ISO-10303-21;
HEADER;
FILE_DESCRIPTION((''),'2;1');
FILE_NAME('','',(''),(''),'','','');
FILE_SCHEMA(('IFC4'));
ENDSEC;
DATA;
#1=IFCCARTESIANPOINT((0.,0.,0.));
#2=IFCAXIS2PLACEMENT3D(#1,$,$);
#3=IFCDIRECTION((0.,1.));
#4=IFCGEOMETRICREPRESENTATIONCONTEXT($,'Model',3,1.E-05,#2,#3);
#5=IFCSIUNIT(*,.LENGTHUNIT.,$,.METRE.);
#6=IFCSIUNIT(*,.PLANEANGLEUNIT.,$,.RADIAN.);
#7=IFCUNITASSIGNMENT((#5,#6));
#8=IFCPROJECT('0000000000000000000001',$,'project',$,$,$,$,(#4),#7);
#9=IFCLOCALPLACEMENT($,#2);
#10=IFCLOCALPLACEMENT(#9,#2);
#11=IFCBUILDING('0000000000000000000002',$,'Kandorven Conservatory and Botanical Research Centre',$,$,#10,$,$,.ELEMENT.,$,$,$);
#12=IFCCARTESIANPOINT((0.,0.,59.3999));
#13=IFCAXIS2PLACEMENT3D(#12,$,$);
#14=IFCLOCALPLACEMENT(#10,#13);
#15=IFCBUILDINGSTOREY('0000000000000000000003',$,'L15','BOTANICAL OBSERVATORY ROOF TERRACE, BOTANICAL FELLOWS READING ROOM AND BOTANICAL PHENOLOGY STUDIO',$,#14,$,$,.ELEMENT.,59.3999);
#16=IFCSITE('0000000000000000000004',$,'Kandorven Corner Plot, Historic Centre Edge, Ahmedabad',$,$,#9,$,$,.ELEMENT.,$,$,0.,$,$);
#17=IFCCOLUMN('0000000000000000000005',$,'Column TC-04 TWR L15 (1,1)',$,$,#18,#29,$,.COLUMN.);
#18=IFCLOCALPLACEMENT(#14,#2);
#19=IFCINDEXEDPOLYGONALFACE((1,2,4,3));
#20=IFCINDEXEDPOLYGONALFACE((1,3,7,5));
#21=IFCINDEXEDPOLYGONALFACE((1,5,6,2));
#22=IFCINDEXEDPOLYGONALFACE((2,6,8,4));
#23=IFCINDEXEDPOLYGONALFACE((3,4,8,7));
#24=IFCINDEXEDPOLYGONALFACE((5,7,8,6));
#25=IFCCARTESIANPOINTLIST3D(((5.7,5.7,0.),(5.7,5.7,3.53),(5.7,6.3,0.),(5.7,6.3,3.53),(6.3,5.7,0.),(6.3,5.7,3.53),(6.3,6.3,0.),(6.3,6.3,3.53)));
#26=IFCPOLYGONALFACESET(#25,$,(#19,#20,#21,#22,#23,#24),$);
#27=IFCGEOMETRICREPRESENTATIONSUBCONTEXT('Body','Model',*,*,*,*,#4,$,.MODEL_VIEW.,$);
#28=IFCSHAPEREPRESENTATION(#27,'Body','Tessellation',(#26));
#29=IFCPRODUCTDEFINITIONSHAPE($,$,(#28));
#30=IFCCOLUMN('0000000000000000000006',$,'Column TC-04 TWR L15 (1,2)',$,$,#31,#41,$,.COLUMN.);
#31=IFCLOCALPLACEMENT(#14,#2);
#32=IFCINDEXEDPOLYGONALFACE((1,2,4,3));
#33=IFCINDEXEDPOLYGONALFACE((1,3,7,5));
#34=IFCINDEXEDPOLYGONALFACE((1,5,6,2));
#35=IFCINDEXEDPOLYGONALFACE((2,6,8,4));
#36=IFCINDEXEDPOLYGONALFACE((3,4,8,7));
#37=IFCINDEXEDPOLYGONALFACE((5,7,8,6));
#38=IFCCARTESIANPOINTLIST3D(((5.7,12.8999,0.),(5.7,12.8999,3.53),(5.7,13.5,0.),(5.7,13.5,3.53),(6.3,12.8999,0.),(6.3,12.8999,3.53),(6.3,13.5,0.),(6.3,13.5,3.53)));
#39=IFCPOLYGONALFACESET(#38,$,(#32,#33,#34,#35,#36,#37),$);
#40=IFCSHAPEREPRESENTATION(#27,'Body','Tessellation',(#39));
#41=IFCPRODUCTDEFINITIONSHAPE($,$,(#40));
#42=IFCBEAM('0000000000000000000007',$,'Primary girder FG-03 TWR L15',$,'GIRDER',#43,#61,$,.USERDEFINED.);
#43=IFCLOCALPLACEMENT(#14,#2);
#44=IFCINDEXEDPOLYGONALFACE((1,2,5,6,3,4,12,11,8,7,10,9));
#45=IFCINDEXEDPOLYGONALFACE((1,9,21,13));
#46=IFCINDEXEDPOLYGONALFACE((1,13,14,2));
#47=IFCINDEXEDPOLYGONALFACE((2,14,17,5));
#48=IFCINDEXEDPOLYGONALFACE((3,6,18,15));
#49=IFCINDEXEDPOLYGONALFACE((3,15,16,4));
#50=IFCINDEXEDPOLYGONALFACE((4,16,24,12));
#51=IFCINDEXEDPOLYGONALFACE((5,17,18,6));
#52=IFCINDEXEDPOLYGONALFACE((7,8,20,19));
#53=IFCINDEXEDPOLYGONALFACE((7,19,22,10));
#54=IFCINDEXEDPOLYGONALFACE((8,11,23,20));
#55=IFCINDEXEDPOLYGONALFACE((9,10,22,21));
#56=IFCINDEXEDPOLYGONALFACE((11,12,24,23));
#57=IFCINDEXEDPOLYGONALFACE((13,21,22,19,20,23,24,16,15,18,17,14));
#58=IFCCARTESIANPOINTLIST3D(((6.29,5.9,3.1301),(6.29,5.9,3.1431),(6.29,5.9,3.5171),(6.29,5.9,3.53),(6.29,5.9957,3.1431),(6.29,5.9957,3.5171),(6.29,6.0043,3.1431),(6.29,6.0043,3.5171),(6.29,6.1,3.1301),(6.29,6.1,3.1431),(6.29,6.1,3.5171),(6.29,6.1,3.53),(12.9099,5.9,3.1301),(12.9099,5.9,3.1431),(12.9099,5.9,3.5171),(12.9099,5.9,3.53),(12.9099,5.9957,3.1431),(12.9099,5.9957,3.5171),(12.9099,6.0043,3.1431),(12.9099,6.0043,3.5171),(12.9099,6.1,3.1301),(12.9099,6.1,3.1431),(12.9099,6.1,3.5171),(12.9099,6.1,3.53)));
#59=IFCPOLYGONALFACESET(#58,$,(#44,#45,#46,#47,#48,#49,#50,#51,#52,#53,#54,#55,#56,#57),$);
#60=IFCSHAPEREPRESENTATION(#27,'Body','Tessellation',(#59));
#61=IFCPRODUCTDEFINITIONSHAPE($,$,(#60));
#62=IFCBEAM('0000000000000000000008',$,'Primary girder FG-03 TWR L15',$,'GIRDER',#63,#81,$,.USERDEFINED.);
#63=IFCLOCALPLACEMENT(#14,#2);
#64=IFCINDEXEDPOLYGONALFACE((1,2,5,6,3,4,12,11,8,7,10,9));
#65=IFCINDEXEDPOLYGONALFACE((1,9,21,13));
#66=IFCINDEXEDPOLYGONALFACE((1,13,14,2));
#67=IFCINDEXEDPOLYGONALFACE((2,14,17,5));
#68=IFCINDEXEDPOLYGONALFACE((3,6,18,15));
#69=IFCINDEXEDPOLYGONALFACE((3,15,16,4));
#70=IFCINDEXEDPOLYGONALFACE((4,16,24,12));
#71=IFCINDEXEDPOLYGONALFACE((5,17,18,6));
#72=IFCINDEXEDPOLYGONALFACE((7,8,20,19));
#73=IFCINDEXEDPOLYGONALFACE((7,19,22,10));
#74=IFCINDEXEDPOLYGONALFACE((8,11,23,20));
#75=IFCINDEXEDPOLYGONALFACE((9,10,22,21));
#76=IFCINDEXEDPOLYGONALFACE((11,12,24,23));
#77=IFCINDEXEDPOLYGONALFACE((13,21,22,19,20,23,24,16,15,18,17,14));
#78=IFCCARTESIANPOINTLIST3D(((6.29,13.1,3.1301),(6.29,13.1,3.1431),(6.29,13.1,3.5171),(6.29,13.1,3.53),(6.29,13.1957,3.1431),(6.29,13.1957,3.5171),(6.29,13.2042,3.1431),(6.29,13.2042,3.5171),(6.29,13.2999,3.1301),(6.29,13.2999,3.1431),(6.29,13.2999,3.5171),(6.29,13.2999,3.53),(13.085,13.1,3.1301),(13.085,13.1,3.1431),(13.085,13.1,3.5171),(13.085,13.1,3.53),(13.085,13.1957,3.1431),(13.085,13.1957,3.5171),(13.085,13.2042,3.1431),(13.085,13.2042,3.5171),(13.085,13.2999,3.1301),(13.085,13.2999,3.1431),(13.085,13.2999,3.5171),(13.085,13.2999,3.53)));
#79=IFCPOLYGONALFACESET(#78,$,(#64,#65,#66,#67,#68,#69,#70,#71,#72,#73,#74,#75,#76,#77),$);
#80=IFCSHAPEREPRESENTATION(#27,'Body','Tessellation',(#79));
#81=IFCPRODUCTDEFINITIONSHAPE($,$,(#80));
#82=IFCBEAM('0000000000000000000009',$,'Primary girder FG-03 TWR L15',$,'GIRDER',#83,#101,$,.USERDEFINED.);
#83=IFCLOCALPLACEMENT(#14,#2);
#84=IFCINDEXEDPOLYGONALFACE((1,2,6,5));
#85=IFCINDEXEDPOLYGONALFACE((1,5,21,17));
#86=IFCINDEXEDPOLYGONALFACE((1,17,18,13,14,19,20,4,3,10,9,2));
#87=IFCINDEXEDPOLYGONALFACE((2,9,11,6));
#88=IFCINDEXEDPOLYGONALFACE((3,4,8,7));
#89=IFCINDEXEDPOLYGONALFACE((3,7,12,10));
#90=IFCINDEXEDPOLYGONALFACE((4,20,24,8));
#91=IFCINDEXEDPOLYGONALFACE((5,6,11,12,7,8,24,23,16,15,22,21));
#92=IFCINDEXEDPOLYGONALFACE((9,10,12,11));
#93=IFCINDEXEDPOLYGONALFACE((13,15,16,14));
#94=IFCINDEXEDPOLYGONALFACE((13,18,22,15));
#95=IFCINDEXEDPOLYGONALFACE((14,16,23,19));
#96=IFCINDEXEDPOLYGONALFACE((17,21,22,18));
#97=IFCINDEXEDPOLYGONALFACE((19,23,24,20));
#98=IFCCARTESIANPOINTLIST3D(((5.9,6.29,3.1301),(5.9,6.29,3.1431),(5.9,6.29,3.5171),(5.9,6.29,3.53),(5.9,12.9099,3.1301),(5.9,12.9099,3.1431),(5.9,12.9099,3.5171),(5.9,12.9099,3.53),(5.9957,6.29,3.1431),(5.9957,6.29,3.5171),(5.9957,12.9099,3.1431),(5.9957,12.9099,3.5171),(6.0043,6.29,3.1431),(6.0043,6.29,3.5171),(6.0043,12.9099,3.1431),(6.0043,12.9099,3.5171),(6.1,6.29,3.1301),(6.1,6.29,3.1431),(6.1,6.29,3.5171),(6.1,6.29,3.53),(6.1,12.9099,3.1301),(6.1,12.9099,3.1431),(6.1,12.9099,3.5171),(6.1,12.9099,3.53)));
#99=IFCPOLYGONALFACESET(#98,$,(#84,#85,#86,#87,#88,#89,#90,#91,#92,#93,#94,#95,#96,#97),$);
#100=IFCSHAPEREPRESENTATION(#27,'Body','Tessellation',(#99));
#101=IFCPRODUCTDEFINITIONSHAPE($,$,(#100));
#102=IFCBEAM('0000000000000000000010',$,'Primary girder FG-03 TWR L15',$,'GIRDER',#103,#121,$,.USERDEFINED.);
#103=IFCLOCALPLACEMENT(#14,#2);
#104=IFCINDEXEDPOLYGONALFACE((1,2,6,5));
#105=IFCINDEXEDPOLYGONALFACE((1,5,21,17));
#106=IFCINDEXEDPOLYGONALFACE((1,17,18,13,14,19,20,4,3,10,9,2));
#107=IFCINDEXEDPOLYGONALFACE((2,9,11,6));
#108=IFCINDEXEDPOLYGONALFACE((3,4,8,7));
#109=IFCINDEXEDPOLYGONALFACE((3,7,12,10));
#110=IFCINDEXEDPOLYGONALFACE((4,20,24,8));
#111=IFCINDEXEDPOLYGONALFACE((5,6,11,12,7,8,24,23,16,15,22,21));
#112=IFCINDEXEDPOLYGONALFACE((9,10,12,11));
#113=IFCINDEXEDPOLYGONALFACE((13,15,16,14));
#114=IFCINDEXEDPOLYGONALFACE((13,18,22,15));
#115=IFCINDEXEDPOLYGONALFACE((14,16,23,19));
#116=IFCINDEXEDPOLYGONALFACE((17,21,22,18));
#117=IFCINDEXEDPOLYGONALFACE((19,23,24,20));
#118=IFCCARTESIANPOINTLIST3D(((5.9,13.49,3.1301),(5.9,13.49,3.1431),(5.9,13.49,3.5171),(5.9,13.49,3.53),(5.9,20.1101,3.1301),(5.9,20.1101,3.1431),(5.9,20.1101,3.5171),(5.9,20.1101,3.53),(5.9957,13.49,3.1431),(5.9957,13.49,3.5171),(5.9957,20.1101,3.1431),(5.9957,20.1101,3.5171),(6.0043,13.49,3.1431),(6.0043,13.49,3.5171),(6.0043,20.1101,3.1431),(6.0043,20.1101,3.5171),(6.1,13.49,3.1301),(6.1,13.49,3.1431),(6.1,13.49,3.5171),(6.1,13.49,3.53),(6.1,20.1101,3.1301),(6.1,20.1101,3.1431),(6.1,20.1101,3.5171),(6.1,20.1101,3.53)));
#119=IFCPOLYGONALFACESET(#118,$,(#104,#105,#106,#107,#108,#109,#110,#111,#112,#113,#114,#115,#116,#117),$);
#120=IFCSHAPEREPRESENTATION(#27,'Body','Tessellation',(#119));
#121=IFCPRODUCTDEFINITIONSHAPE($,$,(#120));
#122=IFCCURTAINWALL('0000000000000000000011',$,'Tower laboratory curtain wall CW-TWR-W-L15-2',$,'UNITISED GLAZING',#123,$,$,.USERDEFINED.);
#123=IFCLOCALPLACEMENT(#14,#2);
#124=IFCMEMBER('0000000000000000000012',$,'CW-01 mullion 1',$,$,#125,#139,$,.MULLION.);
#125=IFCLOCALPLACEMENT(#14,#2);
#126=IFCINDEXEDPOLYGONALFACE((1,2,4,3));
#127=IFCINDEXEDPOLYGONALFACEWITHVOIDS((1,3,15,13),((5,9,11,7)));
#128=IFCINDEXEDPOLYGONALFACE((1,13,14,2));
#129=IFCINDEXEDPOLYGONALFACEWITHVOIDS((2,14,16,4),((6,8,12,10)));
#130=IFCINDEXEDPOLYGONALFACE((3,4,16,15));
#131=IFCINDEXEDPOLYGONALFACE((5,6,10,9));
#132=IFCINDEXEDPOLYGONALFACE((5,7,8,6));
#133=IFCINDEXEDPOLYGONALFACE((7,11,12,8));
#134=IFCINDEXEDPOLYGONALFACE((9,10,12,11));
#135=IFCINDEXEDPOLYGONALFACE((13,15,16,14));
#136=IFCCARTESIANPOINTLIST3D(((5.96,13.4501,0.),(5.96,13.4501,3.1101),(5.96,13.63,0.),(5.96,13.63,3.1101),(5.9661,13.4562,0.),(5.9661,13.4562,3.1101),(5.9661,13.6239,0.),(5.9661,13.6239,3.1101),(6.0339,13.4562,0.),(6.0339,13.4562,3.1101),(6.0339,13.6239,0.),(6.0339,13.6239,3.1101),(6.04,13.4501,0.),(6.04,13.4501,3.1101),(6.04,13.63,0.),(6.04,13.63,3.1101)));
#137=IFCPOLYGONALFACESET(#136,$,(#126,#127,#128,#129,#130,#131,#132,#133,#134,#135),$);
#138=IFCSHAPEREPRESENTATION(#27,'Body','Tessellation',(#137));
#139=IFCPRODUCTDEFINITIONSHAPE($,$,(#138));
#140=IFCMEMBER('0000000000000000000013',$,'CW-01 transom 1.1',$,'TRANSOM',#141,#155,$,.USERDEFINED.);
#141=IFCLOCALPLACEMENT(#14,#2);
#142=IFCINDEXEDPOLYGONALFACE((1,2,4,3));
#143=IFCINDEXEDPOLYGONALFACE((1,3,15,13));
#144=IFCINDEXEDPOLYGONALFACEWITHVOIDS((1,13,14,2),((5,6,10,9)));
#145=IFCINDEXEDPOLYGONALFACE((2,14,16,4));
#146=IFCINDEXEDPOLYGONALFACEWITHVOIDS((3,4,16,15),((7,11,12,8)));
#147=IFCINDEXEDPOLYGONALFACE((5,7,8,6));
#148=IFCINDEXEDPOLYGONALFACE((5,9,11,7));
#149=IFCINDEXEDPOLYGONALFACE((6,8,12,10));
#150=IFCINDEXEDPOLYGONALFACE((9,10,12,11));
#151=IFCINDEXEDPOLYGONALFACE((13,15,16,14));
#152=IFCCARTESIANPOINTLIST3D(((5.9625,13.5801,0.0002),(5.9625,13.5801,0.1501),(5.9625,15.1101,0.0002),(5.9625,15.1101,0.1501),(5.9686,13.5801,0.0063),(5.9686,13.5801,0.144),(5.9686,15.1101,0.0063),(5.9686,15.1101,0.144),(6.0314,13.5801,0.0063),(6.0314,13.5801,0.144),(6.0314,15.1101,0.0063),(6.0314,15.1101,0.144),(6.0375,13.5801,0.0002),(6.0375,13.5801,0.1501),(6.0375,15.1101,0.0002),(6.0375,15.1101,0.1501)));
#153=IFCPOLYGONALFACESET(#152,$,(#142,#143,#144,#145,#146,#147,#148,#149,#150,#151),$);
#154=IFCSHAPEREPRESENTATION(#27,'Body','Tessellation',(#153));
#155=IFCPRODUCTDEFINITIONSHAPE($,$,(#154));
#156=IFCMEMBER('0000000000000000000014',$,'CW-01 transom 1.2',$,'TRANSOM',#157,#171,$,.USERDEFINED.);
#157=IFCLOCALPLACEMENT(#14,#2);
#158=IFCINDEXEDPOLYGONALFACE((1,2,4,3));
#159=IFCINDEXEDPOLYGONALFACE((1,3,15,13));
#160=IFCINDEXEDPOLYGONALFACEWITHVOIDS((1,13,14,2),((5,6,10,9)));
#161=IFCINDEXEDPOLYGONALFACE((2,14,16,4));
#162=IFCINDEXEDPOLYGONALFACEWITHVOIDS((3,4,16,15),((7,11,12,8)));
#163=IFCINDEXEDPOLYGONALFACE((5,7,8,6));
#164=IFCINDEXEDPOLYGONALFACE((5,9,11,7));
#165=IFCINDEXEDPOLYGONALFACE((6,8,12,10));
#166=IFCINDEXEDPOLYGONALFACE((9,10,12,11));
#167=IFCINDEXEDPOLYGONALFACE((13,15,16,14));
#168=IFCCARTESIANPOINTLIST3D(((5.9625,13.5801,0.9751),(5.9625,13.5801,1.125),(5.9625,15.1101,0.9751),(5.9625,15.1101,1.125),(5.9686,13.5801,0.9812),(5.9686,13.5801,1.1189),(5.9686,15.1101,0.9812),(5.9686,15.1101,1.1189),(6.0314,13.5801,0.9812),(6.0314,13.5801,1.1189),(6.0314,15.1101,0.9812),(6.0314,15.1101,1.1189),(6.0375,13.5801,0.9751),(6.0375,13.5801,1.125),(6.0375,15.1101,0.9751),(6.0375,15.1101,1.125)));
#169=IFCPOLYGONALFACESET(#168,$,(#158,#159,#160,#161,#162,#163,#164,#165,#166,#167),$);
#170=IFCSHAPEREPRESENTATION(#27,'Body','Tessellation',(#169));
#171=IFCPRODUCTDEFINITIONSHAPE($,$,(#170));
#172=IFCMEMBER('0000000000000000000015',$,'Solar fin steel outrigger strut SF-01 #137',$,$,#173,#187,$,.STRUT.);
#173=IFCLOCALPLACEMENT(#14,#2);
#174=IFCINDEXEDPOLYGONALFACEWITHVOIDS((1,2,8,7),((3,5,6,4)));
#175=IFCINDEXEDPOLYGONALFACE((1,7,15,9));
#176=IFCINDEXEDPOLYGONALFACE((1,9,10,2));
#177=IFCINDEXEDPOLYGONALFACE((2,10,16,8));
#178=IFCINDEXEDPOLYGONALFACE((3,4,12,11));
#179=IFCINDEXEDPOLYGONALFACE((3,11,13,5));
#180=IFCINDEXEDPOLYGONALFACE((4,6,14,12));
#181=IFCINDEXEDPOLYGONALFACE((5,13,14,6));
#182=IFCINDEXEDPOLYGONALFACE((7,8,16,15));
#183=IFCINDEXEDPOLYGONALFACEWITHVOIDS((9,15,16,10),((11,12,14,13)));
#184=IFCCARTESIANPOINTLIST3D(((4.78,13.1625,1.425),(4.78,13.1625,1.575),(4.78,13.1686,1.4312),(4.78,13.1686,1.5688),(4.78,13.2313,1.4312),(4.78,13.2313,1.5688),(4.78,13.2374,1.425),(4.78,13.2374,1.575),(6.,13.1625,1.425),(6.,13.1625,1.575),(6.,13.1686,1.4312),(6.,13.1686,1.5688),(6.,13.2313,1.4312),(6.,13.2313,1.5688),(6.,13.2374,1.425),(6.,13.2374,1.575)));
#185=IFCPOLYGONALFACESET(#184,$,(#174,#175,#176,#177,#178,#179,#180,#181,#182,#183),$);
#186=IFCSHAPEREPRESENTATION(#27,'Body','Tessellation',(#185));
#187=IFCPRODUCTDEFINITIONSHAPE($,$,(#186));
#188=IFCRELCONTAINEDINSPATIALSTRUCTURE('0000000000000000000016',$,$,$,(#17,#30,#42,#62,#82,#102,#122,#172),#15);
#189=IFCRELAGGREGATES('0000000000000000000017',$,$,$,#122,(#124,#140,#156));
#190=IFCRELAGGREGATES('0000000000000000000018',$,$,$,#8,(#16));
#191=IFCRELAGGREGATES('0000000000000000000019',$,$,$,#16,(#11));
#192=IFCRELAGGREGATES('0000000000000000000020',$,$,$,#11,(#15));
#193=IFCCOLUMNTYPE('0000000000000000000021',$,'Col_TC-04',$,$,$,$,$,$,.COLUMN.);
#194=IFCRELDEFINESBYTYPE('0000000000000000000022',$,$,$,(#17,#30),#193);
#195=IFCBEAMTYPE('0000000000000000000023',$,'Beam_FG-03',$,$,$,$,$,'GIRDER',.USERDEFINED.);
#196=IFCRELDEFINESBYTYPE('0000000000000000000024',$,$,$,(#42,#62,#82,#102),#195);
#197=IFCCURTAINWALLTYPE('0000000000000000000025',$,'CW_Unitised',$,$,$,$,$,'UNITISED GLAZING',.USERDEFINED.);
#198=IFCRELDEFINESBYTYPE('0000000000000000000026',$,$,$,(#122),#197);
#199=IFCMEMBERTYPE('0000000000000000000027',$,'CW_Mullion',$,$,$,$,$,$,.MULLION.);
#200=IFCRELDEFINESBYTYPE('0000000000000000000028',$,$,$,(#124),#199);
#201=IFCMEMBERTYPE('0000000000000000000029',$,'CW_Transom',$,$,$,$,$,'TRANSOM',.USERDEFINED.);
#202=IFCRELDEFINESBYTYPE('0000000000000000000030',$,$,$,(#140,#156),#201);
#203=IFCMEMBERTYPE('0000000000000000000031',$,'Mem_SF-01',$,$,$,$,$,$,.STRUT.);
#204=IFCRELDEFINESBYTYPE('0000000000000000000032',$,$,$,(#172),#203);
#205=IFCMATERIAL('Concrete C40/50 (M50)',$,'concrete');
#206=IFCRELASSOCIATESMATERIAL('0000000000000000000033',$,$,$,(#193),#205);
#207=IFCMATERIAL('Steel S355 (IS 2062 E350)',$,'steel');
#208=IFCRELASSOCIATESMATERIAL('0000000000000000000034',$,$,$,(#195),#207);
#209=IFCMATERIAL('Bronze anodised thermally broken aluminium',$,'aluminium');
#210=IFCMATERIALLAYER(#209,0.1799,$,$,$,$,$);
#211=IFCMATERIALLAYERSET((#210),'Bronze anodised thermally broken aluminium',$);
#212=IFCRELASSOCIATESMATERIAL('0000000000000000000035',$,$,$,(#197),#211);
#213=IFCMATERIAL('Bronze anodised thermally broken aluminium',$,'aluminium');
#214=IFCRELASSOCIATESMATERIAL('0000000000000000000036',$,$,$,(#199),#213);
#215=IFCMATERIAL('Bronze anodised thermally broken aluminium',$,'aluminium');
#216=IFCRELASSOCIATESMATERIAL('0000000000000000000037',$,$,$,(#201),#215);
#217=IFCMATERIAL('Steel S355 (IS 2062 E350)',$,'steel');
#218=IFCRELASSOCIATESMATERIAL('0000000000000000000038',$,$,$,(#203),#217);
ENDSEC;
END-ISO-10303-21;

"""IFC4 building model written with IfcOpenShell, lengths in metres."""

from ifc_helpers import new_model, si_unit, direction, frame, origin, origin_2d, place, context, subcontext, project, spatial, rectangle, hollow_rectangle, i_section, extrude, material, layer, layer_set, material_profile, profile_set, type_object, element, aggregate, save


model = new_model("IFC4")

# Units and contexts
model_context = context("Model", 3, precision=1e-05, world=origin(), true_north=direction((0.0, 1.0)))
body_context = subcontext(model_context, "Body", "Model", "MODEL_VIEW")
ifc_project = project(units=[si_unit("LENGTHUNIT", "METRE"), si_unit("PLANEANGLEUNIT", "RADIAN")], contexts=[model_context])

# Site, building, storey
site_placement = place(None, origin())
site = spatial("IfcSite", under=ifc_project, at=site_placement, Name="Kandorven Corner Plot, Historic Centre Edge, Ahmedabad", CompositionType="ELEMENT", RefElevation=0.0)
building_placement = place(site_placement, origin())
building = spatial("IfcBuilding", under=site, at=building_placement, Name="Kandorven Conservatory and Botanical Research Centre", CompositionType="ELEMENT")
storey_placement = place(building_placement, frame((0.0, 0.0, 59.3999)))
storey = spatial("IfcBuildingStorey", under=building, at=storey_placement, Name="L15", Description="BOTANICAL OBSERVATORY ROOF TERRACE, BOTANICAL FELLOWS READING ROOM AND BOTANICAL PHENOLOGY STUDIO", CompositionType="ELEMENT", Elevation=59.3999)

# Columns
ifc_material_1 = material(Name="Concrete C40/50 (M50)", Category="concrete")
ifc_material_profile_1 = material_profile(ifc_material_1, rectangle(XDim=0.6001, YDim=0.6001, at=origin_2d()))
ifc_profile_set_1 = profile_set([ifc_material_profile_1], Name="Concrete C40/50 (M50)")
column_type = type_object("IfcColumnType", Name="Col_TC-04", PredefinedType="COLUMN", material=ifc_profile_set_1)
for number, where, z_axis, x_axis, name in (
    (1, (6.0, 6.0, 0.0), (0.0, 0.0, 1.0), (1.0, 0.0, 0.0), "Column TC-04 TWR L15 (1,1)"),
    (2, (6.0, 13.2, 0.0), (0.0, 0.0, 1.0), (1.0, 0.0, 0.0), "Column TC-04 TWR L15 (1,2)"),
):
    element("IfcColumn", number, at=place(storey_placement, frame(where, z_axis=z_axis, x_axis=x_axis)), inside=storey, type_object=column_type, Name=name, PredefinedType="COLUMN", context=body_context, shape_type="SweptSolid", body=[
        extrude(rectangle(XDim=0.6001, YDim=0.6001, at=origin_2d()), origin(), (0.0, 0.0, 1.0), 3.53),
    ])

# Beams
ifc_material_2 = material(Name="Steel S355 (IS 2062 E350)", Category="steel")
ifc_material_profile_2 = material_profile(ifc_material_2, i_section(OverallWidth=0.2, OverallDepth=0.3999, WebThickness=0.0085, FlangeThickness=0.0129, at=origin_2d()))
ifc_profile_set_2 = profile_set([ifc_material_profile_2], Name="Steel S355 (IS 2062 E350)")
beam_type = type_object("IfcBeamType", Name="Beam_FG-03", ElementType="GIRDER", PredefinedType="USERDEFINED", material=ifc_profile_set_2)
beam_1_placement = place(storey_placement, frame((6.29, 6.0, 3.3301), z_axis=(1.0, 0.0, 0.0), x_axis=(0.0, 1.0, 0.0)))
element("IfcBeam", 3, at=beam_1_placement, inside=storey, type_object=beam_type, Name="Primary girder FG-03 TWR L15", ObjectType="GIRDER", PredefinedType="USERDEFINED", context=body_context, shape_type="SweptSolid", body=[
    extrude(i_section(OverallWidth=0.2, OverallDepth=0.3999, WebThickness=0.0085, FlangeThickness=0.0129, at=origin_2d()), origin(), (0.0, 0.0, 1.0), 6.6199),
])
beam_2_placement = place(storey_placement, frame((6.29, 13.2, 3.3301), z_axis=(1.0, 0.0, 0.0), x_axis=(0.0, 1.0, 0.0)))
element("IfcBeam", 4, at=beam_2_placement, inside=storey, type_object=beam_type, Name="Primary girder FG-03 TWR L15", ObjectType="GIRDER", PredefinedType="USERDEFINED", context=body_context, shape_type="SweptSolid", body=[
    extrude(i_section(OverallWidth=0.2, OverallDepth=0.3999, WebThickness=0.0085, FlangeThickness=0.0129, at=origin_2d()), origin(), (0.0, 0.0, 1.0), 6.7949),
])
beam_3_placement = place(storey_placement, frame((6.0, 6.29, 3.3301), z_axis=(0.0, 1.0, 0.0), x_axis=(-1.0, 0.0, 0.0)))
element("IfcBeam", 5, at=beam_3_placement, inside=storey, type_object=beam_type, Name="Primary girder FG-03 TWR L15", ObjectType="GIRDER", PredefinedType="USERDEFINED", context=body_context, shape_type="SweptSolid", body=[
    extrude(i_section(OverallWidth=0.2, OverallDepth=0.3999, WebThickness=0.0085, FlangeThickness=0.0129, at=origin_2d()), origin(), (0.0, 0.0, 1.0), 6.6199),
])
beam_4_placement = place(storey_placement, frame((6.0, 13.49, 3.3301), z_axis=(0.0, 1.0, 0.0), x_axis=(-1.0, 0.0, 0.0)))
element("IfcBeam", 6, at=beam_4_placement, inside=storey, type_object=beam_type, Name="Primary girder FG-03 TWR L15", ObjectType="GIRDER", PredefinedType="USERDEFINED", context=body_context, shape_type="SweptSolid", body=[
    extrude(i_section(OverallWidth=0.2, OverallDepth=0.3999, WebThickness=0.0085, FlangeThickness=0.0129, at=origin_2d()), origin(), (0.0, 0.0, 1.0), 6.6201),
])

# Curtain wall, members
ifc_material_3 = material(Name="Bronze anodised thermally broken aluminium", Category="aluminium")
ifc_layer_1 = layer(ifc_material_3, 0.1799)
ifc_layer_set_1 = layer_set([ifc_layer_1], Name="Bronze anodised thermally broken aluminium")
curtain_wall_type = type_object("IfcCurtainWallType", Name="CW_Unitised", ElementType="UNITISED GLAZING", PredefinedType="USERDEFINED", material=ifc_layer_set_1)
curtain_wall_placement = place(storey_placement, origin())
curtain_wall = element("IfcCurtainWall", 7, at=curtain_wall_placement, inside=storey, type_object=curtain_wall_type, Name="Tower laboratory curtain wall CW-TWR-W-L15-2", ObjectType="UNITISED GLAZING", PredefinedType="USERDEFINED")
ifc_material_4 = material(Name="Bronze anodised thermally broken aluminium", Category="aluminium")
ifc_material_profile_3 = material_profile(ifc_material_4, hollow_rectangle(XDim=0.0801, YDim=0.1799, WallThickness=0.0061, at=origin_2d()))
ifc_profile_set_3 = profile_set([ifc_material_profile_3], Name="Bronze anodised thermally broken aluminium")
member_type_1 = type_object("IfcMemberType", Name="CW_Mullion", PredefinedType="MULLION", material=ifc_profile_set_3)
member_1_placement = place(storey_placement, frame((6.0, 13.54, 0.0), z_axis=(0.0, 0.0, 1.0), x_axis=(-1.0, 0.0, 0.0)))
member_1 = element("IfcMember", 8, at=member_1_placement, type_object=member_type_1, Name="CW-01 mullion 1", PredefinedType="MULLION", context=body_context, shape_type="SweptSolid", body=[
    extrude(hollow_rectangle(XDim=0.0801, YDim=0.1799, WallThickness=0.0061, at=origin_2d()), origin(), (0.0, 0.0, 1.0), 3.1101),
])
ifc_material_5 = material(Name="Bronze anodised thermally broken aluminium", Category="aluminium")
ifc_material_profile_4 = material_profile(ifc_material_5, hollow_rectangle(XDim=0.075, YDim=0.1499, WallThickness=0.0061, at=origin_2d()))
ifc_profile_set_4 = profile_set([ifc_material_profile_4], Name="Bronze anodised thermally broken aluminium")
member_type_2 = type_object("IfcMemberType", Name="CW_Transom", ElementType="TRANSOM", PredefinedType="USERDEFINED", material=ifc_profile_set_4)
member_2_placement = place(storey_placement, frame((6.0, 13.5801, 0.0752), z_axis=(0.0, 1.0, 0.0), x_axis=(-1.0, 0.0, 0.0)))
member_2 = element("IfcMember", 9, at=member_2_placement, type_object=member_type_2, Name="CW-01 transom 1.1", ObjectType="TRANSOM", PredefinedType="USERDEFINED", context=body_context, shape_type="SweptSolid", body=[
    extrude(hollow_rectangle(XDim=0.075, YDim=0.1499, WallThickness=0.0061, at=origin_2d()), origin(), (0.0, 0.0, 1.0), 1.53),
])
member_3_placement = place(storey_placement, frame((6.0, 13.5801, 1.05), z_axis=(0.0, 1.0, 0.0), x_axis=(-1.0, 0.0, 0.0)))
member_3 = element("IfcMember", 10, at=member_3_placement, type_object=member_type_2, Name="CW-01 transom 1.2", ObjectType="TRANSOM", PredefinedType="USERDEFINED", context=body_context, shape_type="SweptSolid", body=[
    extrude(hollow_rectangle(XDim=0.075, YDim=0.1499, WallThickness=0.0061, at=origin_2d()), origin(), (0.0, 0.0, 1.0), 1.53),
])
aggregate(curtain_wall, [member_1, member_2, member_3])

# Member
ifc_material_6 = material(Name="Steel S355 (IS 2062 E350)", Category="steel")
ifc_material_profile_5 = material_profile(ifc_material_6, hollow_rectangle(XDim=0.075, YDim=0.1499, WallThickness=0.0061, at=origin_2d()))
ifc_profile_set_5 = profile_set([ifc_material_profile_5], Name="Steel S355 (IS 2062 E350)")
member_type_3 = type_object("IfcMemberType", Name="Mem_SF-01", PredefinedType="STRUT", material=ifc_profile_set_5)
member_4_placement = place(storey_placement, frame((6.0, 13.2, 1.5), z_axis=(-1.0, 0.0, 0.0), x_axis=(0.0, -1.0, 0.0)))
element("IfcMember", 11, at=member_4_placement, inside=storey, type_object=member_type_3, Name="Solar fin steel outrigger strut SF-01 #137", PredefinedType="STRUT", context=body_context, shape_type="SweptSolid", body=[
    extrude(hollow_rectangle(XDim=0.075, YDim=0.1499, WallThickness=0.0061, at=origin_2d()), origin(), (0.0, 0.0, 1.0), 1.22),
])

save(model, "model.ifc")
